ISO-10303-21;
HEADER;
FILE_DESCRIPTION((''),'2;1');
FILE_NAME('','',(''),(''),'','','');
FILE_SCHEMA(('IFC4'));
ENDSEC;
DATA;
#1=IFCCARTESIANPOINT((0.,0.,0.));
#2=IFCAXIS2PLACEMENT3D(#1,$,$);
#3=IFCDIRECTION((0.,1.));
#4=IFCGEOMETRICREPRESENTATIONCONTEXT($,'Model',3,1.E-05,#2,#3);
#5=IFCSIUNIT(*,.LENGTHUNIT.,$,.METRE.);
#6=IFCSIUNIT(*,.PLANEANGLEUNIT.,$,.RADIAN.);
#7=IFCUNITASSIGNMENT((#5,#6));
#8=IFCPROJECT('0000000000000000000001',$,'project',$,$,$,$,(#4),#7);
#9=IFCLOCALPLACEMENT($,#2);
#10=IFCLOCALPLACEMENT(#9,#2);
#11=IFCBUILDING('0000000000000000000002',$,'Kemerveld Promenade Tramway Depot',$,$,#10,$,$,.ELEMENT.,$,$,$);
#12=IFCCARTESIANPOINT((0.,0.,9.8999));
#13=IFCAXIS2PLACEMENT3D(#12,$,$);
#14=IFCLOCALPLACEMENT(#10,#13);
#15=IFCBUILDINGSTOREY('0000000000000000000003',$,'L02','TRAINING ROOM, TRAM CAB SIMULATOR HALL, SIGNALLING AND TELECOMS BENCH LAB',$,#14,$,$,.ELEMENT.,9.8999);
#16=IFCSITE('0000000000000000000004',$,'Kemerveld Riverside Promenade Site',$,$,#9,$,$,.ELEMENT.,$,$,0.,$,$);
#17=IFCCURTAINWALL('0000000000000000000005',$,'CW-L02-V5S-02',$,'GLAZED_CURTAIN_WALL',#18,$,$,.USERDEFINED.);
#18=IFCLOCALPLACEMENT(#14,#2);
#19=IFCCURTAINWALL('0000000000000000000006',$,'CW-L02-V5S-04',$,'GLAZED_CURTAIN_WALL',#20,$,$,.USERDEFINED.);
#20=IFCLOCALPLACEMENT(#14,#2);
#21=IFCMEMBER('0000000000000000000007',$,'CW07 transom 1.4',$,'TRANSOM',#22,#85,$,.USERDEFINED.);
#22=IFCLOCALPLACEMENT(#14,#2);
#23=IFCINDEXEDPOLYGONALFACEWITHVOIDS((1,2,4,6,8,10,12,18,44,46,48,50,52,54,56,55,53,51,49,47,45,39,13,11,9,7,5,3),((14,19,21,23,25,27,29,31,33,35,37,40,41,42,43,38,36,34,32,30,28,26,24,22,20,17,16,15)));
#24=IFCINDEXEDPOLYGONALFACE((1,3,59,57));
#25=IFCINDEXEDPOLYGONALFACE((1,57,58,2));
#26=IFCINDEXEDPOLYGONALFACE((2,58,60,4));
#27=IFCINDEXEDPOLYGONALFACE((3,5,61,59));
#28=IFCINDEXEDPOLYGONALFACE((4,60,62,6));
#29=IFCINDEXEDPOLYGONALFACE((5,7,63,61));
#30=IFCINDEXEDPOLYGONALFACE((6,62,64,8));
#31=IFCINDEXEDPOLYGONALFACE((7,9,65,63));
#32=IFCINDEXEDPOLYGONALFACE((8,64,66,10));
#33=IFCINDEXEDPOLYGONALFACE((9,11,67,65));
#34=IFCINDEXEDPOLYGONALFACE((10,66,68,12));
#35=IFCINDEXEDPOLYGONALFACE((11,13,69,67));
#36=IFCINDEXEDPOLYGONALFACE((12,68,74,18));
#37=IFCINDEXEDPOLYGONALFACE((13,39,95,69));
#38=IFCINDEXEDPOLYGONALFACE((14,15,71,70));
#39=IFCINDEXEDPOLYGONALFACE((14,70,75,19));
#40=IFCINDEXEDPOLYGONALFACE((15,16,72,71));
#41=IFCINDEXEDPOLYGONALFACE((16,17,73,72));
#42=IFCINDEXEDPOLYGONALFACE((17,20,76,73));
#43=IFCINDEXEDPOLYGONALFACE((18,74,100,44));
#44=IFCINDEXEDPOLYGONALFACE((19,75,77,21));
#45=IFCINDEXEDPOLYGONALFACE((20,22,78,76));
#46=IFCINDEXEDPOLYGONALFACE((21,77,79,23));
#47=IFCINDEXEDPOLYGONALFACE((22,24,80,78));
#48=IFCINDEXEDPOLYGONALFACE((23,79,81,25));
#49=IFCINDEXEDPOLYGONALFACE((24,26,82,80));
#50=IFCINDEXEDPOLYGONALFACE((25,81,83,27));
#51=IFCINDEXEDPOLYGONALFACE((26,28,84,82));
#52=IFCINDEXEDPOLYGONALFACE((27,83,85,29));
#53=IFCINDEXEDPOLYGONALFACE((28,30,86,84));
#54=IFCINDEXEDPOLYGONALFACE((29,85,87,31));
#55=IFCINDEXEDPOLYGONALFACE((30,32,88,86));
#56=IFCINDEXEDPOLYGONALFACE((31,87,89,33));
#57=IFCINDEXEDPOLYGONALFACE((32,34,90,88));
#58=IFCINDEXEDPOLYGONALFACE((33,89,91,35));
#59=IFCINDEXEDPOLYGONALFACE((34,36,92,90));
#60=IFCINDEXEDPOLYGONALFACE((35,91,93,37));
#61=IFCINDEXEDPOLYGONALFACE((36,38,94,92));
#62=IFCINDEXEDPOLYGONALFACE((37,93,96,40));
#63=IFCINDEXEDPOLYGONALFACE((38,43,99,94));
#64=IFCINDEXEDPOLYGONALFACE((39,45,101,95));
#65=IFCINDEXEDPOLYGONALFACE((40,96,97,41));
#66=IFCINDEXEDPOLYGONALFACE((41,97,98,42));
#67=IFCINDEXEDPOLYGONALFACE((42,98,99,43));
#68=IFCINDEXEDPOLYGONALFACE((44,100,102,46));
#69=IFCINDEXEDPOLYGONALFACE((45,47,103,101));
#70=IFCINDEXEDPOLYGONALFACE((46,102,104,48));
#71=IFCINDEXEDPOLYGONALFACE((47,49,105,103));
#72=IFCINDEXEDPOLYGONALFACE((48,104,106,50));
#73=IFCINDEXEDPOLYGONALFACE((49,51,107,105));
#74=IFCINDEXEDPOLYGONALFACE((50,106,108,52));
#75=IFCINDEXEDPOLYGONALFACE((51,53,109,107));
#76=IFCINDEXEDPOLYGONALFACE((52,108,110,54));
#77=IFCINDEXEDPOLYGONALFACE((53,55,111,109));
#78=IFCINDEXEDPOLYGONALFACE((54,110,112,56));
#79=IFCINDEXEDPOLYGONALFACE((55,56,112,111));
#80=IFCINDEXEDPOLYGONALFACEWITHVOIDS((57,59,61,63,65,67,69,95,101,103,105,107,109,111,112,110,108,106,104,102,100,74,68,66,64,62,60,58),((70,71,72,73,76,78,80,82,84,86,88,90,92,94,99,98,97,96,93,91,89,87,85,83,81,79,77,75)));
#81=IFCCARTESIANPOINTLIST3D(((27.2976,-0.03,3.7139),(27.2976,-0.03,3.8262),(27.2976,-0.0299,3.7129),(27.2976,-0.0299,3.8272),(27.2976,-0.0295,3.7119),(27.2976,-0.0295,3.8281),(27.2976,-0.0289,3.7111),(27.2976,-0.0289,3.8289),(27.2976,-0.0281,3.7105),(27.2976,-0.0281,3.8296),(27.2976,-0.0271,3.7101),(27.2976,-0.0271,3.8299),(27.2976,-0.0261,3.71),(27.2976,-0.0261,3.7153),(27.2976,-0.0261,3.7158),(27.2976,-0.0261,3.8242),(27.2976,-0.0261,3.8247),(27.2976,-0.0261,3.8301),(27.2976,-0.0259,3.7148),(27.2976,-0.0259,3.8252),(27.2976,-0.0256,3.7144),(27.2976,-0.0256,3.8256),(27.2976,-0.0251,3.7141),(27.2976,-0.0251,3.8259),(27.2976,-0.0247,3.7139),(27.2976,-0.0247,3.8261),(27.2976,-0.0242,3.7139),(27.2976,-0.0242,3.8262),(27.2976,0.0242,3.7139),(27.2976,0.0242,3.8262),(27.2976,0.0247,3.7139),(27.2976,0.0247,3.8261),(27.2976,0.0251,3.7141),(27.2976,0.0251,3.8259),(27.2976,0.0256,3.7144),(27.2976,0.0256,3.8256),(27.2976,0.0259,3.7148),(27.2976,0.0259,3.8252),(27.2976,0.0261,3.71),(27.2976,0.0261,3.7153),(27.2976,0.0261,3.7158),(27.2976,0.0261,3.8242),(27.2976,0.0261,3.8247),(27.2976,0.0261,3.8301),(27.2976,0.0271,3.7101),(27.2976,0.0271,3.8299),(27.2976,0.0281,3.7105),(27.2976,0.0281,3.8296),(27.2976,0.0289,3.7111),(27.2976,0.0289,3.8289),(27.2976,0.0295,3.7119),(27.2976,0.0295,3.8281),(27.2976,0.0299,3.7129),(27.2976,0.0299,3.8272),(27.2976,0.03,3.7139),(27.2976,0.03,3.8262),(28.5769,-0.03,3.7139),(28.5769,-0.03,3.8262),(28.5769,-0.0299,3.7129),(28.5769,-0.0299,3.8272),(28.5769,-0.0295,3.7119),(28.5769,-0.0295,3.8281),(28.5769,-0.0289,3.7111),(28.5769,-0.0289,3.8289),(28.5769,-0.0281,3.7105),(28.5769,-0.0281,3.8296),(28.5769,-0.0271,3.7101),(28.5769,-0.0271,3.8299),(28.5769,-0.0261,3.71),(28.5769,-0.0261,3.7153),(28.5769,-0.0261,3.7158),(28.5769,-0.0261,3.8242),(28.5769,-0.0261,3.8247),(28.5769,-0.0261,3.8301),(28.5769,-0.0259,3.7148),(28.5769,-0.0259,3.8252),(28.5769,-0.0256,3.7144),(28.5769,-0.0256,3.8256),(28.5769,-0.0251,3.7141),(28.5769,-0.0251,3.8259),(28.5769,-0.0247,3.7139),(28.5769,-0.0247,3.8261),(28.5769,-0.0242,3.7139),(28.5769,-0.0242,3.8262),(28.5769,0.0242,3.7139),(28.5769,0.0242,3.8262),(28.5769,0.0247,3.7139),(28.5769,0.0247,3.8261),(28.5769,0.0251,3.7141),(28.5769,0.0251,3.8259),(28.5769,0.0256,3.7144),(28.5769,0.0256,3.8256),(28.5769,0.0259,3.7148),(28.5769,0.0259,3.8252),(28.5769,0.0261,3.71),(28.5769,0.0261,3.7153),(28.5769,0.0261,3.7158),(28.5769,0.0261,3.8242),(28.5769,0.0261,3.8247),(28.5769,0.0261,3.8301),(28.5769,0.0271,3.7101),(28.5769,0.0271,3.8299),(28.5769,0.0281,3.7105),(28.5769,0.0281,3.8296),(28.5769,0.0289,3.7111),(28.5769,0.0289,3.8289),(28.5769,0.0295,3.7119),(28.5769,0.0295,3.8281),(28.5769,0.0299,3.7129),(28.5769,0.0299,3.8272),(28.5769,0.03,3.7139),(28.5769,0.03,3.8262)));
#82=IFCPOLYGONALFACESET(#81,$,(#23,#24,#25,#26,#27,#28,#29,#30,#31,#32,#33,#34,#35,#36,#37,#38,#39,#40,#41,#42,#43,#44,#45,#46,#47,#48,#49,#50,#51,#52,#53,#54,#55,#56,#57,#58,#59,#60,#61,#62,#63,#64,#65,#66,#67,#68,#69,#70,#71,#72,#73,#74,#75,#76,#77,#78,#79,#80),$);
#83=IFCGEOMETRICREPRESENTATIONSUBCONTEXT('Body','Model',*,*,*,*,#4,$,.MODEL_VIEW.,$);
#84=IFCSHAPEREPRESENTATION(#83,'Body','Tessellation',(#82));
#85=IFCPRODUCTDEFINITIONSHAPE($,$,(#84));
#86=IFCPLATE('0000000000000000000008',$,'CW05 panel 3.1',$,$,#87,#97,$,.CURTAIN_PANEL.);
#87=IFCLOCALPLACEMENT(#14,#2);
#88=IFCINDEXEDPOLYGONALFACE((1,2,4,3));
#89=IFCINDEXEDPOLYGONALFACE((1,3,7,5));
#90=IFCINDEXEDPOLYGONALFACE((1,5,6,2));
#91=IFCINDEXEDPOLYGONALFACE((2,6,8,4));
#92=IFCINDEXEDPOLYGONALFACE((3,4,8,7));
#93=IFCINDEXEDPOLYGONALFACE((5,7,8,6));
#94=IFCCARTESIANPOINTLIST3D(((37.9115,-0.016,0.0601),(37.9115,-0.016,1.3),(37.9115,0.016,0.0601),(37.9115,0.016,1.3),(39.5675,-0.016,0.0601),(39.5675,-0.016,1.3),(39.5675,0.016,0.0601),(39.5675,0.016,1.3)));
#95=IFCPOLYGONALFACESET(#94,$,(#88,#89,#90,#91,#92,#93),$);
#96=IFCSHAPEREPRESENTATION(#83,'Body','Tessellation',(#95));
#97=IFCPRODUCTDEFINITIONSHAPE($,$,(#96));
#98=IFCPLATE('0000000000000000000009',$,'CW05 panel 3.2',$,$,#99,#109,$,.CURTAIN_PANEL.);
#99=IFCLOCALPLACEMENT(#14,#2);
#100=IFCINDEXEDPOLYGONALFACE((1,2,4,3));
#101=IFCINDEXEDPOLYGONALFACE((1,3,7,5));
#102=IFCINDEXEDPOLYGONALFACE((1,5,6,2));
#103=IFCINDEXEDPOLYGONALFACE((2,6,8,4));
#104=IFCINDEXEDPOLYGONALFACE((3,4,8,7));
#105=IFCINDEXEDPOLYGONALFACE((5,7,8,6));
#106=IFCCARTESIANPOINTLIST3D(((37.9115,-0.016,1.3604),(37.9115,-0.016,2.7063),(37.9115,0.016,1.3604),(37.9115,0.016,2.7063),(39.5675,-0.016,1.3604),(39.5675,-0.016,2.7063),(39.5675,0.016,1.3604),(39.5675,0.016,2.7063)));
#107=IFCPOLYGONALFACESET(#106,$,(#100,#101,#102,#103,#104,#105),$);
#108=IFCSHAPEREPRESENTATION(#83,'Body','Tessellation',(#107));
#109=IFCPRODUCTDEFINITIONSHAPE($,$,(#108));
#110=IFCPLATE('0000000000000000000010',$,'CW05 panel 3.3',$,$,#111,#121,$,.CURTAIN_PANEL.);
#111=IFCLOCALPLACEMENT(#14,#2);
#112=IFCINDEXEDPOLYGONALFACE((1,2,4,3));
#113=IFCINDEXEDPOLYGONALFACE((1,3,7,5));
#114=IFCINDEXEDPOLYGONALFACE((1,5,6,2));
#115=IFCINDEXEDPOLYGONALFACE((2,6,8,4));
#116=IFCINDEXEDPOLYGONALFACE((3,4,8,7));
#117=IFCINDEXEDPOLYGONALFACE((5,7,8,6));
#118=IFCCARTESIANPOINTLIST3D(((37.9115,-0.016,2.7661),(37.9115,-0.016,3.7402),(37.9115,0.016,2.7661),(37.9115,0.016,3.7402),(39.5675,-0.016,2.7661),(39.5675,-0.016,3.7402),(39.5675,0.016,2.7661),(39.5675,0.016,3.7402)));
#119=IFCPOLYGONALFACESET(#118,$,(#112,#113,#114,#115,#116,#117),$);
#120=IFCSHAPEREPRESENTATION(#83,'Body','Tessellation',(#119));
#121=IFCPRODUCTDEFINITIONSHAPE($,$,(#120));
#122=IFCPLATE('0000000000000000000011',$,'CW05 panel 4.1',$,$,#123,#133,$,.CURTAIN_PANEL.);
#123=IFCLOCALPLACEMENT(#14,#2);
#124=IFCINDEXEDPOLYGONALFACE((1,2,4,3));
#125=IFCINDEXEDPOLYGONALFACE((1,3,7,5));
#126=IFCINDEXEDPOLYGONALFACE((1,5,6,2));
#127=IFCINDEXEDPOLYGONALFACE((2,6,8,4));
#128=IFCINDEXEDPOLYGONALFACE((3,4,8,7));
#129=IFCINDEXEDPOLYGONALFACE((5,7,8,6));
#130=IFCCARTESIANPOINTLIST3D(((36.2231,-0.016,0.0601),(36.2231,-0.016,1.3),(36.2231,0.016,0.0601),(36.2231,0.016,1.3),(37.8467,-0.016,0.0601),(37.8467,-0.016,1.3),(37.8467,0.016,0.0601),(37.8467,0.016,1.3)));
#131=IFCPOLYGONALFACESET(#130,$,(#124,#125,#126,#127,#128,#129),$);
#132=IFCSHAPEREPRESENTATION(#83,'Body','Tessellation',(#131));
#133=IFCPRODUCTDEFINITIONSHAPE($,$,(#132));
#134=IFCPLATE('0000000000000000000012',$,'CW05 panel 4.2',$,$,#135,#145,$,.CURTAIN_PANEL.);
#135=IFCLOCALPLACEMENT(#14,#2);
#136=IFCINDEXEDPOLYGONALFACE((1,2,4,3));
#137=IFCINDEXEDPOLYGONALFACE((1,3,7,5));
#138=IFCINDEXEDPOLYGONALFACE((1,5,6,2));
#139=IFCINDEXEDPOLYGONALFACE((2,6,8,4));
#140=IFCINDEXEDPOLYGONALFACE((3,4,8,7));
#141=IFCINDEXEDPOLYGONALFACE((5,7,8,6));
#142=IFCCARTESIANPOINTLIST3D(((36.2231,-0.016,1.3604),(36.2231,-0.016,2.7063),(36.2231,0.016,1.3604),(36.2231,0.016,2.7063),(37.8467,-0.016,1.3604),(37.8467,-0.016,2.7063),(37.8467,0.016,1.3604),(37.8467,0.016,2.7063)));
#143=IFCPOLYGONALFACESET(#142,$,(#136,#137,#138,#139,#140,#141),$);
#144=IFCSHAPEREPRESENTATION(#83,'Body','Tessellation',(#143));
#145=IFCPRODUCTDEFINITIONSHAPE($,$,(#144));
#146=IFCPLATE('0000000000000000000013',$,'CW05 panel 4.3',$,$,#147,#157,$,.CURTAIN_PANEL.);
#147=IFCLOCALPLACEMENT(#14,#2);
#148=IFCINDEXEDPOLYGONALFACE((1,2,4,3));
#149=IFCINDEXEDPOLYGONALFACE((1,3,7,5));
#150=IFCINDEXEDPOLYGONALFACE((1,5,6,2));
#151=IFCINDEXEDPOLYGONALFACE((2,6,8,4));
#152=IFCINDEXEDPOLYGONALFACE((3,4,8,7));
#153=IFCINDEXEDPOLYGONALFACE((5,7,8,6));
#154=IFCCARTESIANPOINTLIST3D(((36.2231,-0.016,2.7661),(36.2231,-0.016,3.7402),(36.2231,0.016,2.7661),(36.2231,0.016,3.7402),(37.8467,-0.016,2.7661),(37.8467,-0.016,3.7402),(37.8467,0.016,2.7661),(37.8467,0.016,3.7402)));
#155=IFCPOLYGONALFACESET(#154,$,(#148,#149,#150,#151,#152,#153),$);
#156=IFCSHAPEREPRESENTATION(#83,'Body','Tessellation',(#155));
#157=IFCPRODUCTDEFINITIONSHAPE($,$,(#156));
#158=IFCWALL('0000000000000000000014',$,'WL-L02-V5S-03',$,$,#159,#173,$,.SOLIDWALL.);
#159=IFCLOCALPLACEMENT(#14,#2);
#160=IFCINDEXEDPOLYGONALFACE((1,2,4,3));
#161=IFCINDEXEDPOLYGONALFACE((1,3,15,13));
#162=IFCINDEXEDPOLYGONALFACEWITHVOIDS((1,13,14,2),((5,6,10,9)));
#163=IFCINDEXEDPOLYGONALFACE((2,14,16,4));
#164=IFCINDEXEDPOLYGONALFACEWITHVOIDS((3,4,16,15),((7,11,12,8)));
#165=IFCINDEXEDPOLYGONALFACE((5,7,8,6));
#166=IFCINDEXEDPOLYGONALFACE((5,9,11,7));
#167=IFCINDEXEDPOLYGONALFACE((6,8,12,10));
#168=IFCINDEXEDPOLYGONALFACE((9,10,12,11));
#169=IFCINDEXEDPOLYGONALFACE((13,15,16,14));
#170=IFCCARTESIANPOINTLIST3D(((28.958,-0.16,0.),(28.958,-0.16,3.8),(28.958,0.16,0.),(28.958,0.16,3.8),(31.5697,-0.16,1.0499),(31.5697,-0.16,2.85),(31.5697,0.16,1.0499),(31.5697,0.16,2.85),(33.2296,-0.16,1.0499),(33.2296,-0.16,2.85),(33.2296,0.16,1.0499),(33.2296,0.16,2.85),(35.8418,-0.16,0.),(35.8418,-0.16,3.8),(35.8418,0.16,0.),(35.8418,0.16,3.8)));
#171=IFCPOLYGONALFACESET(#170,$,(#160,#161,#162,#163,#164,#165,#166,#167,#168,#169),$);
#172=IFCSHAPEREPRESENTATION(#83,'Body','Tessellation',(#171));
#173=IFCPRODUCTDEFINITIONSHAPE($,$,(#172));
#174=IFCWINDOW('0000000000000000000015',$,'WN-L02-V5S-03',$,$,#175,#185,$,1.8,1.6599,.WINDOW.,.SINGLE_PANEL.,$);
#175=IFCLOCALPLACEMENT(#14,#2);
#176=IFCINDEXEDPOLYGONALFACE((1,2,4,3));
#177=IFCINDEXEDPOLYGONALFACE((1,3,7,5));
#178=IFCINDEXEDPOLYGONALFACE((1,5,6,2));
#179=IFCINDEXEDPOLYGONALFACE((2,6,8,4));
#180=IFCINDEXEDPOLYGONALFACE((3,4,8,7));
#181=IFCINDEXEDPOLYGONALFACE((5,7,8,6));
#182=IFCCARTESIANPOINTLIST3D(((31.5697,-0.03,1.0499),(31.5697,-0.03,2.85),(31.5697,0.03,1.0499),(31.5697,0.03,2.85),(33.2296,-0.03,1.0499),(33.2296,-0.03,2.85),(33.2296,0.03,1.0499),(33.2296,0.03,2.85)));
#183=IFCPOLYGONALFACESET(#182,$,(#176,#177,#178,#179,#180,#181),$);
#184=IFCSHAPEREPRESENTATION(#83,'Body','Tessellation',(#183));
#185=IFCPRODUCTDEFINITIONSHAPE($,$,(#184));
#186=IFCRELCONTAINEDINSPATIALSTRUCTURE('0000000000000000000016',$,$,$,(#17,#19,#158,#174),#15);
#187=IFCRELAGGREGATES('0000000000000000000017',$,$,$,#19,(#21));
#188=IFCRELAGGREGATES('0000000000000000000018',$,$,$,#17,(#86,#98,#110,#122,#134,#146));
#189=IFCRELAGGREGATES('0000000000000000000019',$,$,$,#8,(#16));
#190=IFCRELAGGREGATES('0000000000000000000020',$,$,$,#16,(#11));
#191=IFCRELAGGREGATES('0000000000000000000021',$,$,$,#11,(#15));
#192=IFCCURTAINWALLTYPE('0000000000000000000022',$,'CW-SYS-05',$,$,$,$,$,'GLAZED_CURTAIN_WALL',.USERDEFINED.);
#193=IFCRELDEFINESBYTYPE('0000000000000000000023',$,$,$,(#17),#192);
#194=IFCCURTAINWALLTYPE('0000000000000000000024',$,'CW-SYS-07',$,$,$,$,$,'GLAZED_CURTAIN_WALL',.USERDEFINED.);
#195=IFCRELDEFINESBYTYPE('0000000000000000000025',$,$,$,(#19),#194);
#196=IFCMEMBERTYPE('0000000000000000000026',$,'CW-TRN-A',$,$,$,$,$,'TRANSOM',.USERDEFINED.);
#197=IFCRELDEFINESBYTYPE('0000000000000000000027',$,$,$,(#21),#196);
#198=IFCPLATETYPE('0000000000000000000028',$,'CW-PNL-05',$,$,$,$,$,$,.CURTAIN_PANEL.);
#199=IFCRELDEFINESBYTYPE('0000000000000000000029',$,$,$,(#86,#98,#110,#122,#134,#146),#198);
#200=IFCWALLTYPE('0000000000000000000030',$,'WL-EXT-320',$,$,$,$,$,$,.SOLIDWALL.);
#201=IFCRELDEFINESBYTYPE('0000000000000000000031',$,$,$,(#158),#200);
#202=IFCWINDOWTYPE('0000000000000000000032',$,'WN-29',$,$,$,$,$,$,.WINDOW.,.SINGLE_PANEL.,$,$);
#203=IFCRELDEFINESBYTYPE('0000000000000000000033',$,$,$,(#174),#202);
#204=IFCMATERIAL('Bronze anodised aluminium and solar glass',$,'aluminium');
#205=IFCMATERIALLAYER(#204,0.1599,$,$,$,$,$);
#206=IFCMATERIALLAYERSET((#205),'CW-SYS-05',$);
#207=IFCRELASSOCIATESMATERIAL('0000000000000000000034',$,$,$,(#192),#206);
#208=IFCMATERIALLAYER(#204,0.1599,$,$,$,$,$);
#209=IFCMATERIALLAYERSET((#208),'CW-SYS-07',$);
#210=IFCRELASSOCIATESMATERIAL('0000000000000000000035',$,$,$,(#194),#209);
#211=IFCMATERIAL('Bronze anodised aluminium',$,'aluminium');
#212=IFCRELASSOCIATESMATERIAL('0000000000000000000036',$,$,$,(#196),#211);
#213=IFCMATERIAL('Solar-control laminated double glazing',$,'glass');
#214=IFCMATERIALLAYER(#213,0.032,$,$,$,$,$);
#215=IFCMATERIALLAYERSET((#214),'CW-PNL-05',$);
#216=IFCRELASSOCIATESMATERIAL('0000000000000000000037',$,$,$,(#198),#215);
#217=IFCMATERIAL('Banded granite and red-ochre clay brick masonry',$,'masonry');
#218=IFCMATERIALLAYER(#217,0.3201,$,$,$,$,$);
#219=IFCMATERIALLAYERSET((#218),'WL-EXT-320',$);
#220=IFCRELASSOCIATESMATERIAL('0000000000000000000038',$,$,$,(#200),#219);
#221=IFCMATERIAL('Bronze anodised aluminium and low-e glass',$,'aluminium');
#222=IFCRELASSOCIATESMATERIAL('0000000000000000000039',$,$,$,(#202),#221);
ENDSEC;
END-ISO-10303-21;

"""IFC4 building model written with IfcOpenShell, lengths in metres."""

from ifc_helpers import new_model, si_unit, direction, frame, frame_2d, origin, origin_2d, place, context, subcontext, project, spatial, rectangle, hollow_rectangle, extrude, material, layer, layer_set, material_profile, profile_set, type_object, element, fill, aggregate, save


model = new_model("IFC4")

# Units and contexts
model_context = context("Model", 3, precision=1e-05, world=origin(), true_north=direction((0.0, 1.0)))
body_context = subcontext(model_context, "Body", "Model", "MODEL_VIEW")
ifc_project = project(units=[si_unit("LENGTHUNIT", "METRE"), si_unit("PLANEANGLEUNIT", "RADIAN")], contexts=[model_context])

# Site, building, storey
site_placement = place(None, origin())
site = spatial("IfcSite", under=ifc_project, at=site_placement, Name="Kemerveld Riverside Promenade Site", CompositionType="ELEMENT", RefElevation=0.0)
building_placement = place(site_placement, origin())
building = spatial("IfcBuilding", under=site, at=building_placement, Name="Kemerveld Promenade Tramway Depot", CompositionType="ELEMENT")
storey_placement = place(building_placement, frame((0.0, 0.0, 9.8999)))
storey = spatial("IfcBuildingStorey", under=building, at=storey_placement, Name="L02", Description="TRAINING ROOM, TRAM CAB SIMULATOR HALL, SIGNALLING AND TELECOMS BENCH LAB", CompositionType="ELEMENT", Elevation=9.8999)

# Curtain wall
ifc_material_1 = material(Name="Bronze anodised aluminium and solar glass", Category="aluminium")
ifc_layer_1 = layer(ifc_material_1, 0.1599)
ifc_layer_set_1 = layer_set([ifc_layer_1], Name="CW-SYS-05")
curtain_wall_type_1 = type_object("IfcCurtainWallType", Name="CW-SYS-05", ElementType="GLAZED_CURTAIN_WALL", PredefinedType="USERDEFINED", material=ifc_layer_set_1)
curtain_wall_1_placement = place(storey_placement, origin())
curtain_wall_1 = element("IfcCurtainWall", 1, at=curtain_wall_1_placement, inside=storey, type_object=curtain_wall_type_1, Name="CW-L02-V5S-02", ObjectType="GLAZED_CURTAIN_WALL", PredefinedType="USERDEFINED")
ifc_material_2 = material(Name="Bronze anodised aluminium", Category="aluminium")

# Curtain wall
ifc_layer_2 = layer(ifc_material_1, 0.1599)
ifc_layer_set_2 = layer_set([ifc_layer_2], Name="CW-SYS-07")
curtain_wall_type_2 = type_object("IfcCurtainWallType", Name="CW-SYS-07", ElementType="GLAZED_CURTAIN_WALL", PredefinedType="USERDEFINED", material=ifc_layer_set_2)
curtain_wall_2_placement = place(storey_placement, origin())
curtain_wall_2 = element("IfcCurtainWall", 2, at=curtain_wall_2_placement, inside=storey, type_object=curtain_wall_type_2, Name="CW-L02-V5S-04", ObjectType="GLAZED_CURTAIN_WALL", PredefinedType="USERDEFINED")

# Member
ifc_material_profile_1 = material_profile(ifc_material_2, hollow_rectangle(XDim=0.0601, YDim=0.1201, WallThickness=0.0039, InnerFilletRadius=0.002, OuterFilletRadius=0.0039, at=origin_2d()), Name="CW-TRN-120x60")
ifc_profile_set_1 = profile_set([ifc_material_profile_1], Name="Bronze anodised aluminium")
member_type_1 = type_object("IfcMemberType", Name="CW-TRN-A", ElementType="TRANSOM", PredefinedType="USERDEFINED", material=ifc_profile_set_1)
member_1_placement = place(storey_placement, frame((28.5769, 0.0, 3.77), z_axis=(-1.0, 0.0, 0.0), x_axis=(0.0, -1.0, 0.0)))
member_1 = element("IfcMember", 3, at=member_1_placement, type_object=member_type_1, Name="CW07 transom 1.4", ObjectType="TRANSOM", PredefinedType="USERDEFINED", context=body_context, shape_type="SweptSolid", body=[
    extrude(hollow_rectangle(XDim=0.0601, YDim=0.1201, WallThickness=0.0039, InnerFilletRadius=0.002, OuterFilletRadius=0.0039, at=origin_2d()), origin(), (0.0, 0.0, 1.0), 1.2793),
])
aggregate(curtain_wall_2, [member_1])

# Plates
ifc_material_3 = material(Name="Solar-control laminated double glazing", Category="glass")
ifc_layer_3 = layer(ifc_material_3, 0.032)
ifc_layer_set_3 = layer_set([ifc_layer_3], Name="CW-PNL-05")
plate_type = type_object("IfcPlateType", Name="CW-PNL-05", PredefinedType="CURTAIN_PANEL", material=ifc_layer_set_3)
plate_1_placement = place(storey_placement, frame((38.7395, 0.0, 0.0601), z_axis=(0.0, 0.0, 1.0), x_axis=(-1.0, 0.0, 0.0)))
plate_1 = element("IfcPlate", 4, at=plate_1_placement, type_object=plate_type, Name="CW05 panel 3.1", PredefinedType="CURTAIN_PANEL", context=body_context, shape_type="SweptSolid", body=[
    extrude(rectangle(XDim=1.656, YDim=0.032, at=origin_2d()), origin(), (0.0, 0.0, 1.0), 1.24),
])
plate_2_placement = place(storey_placement, frame((38.7395, 0.0, 1.3604), z_axis=(0.0, 0.0, 1.0), x_axis=(-1.0, 0.0, 0.0)))
plate_2 = element("IfcPlate", 5, at=plate_2_placement, type_object=plate_type, Name="CW05 panel 3.2", PredefinedType="CURTAIN_PANEL", context=body_context, shape_type="SweptSolid", body=[
    extrude(rectangle(XDim=1.656, YDim=0.032, at=origin_2d()), origin(), (0.0, 0.0, 1.0), 1.3459),
])
plate_3_placement = place(storey_placement, frame((38.7395, 0.0, 2.7661), z_axis=(0.0, 0.0, 1.0), x_axis=(-1.0, 0.0, 0.0)))
plate_3 = element("IfcPlate", 6, at=plate_3_placement, type_object=plate_type, Name="CW05 panel 3.3", PredefinedType="CURTAIN_PANEL", context=body_context, shape_type="SweptSolid", body=[
    extrude(rectangle(XDim=1.656, YDim=0.032, at=origin_2d()), origin(), (0.0, 0.0, 1.0), 0.9741),
])
plate_4_placement = place(storey_placement, frame((37.0349, 0.0, 0.0601), z_axis=(0.0, 0.0, 1.0), x_axis=(-1.0, 0.0, 0.0)))
plate_4 = element("IfcPlate", 7, at=plate_4_placement, type_object=plate_type, Name="CW05 panel 4.1", PredefinedType="CURTAIN_PANEL", context=body_context, shape_type="SweptSolid", body=[
    extrude(rectangle(XDim=1.6235, YDim=0.032, at=origin_2d()), origin(), (0.0, 0.0, 1.0), 1.24),
])
plate_5_placement = place(storey_placement, frame((37.0349, 0.0, 1.3604), z_axis=(0.0, 0.0, 1.0), x_axis=(-1.0, 0.0, 0.0)))
plate_5 = element("IfcPlate", 8, at=plate_5_placement, type_object=plate_type, Name="CW05 panel 4.2", PredefinedType="CURTAIN_PANEL", context=body_context, shape_type="SweptSolid", body=[
    extrude(rectangle(XDim=1.6235, YDim=0.032, at=origin_2d()), origin(), (0.0, 0.0, 1.0), 1.3459),
])
plate_6_placement = place(storey_placement, frame((37.0349, 0.0, 2.7661), z_axis=(0.0, 0.0, 1.0), x_axis=(-1.0, 0.0, 0.0)))
plate_6 = element("IfcPlate", 9, at=plate_6_placement, type_object=plate_type, Name="CW05 panel 4.3", PredefinedType="CURTAIN_PANEL", context=body_context, shape_type="SweptSolid", body=[
    extrude(rectangle(XDim=1.6235, YDim=0.032, at=origin_2d()), origin(), (0.0, 0.0, 1.0), 0.9741),
])
aggregate(curtain_wall_1, [plate_1, plate_2, plate_3, plate_4, plate_5, plate_6])

# Wall, opening, window
ifc_material_4 = material(Name="Banded granite and red-ochre clay brick masonry", Category="masonry")
ifc_layer_4 = layer(ifc_material_4, 0.3201)
ifc_layer_set_4 = layer_set([ifc_layer_4], Name="WL-EXT-320")
wall_type = type_object("IfcWallType", Name="WL-EXT-320", PredefinedType="SOLIDWALL", material=ifc_layer_set_4)
wall_placement = place(storey_placement, frame((35.8418, 0.0, 0.0), z_axis=(0.0, 0.0, 1.0), x_axis=(-1.0, 0.0, 0.0)))
wall = element("IfcWall", 10, at=wall_placement, inside=storey, type_object=wall_type, Name="WL-L02-V5S-03", PredefinedType="SOLIDWALL", context=body_context, shape_type="SweptSolid", body=[
    extrude(rectangle(XDim=6.8838, YDim=0.3201, at=frame_2d((3.4419, 0.0))), origin(), (0.0, 0.0, 1.0), 3.8),
])
opening_placement = place(wall_placement, frame((2.6121, 0.0, 1.05)))
opening = element("IfcOpeningElement", 11, at=opening_placement, cuts=wall, PredefinedType="OPENING", context=body_context, shape_type="SweptSolid", body=[
    extrude(rectangle(XDim=1.6599, YDim=1.8, at=frame_2d((0.8301, 0.8999))), frame((0.0, 0.1699, 0.0), z_axis=(0.0, -1.0, 0.0), x_axis=(1.0, 0.0, 0.0)), (0.0, 0.0, 1.0), 0.3401),
])
ifc_material_5 = material(Name="Bronze anodised aluminium and low-e glass", Category="aluminium")
window_type = type_object("IfcWindowType", Name="WN-29", PartitioningType="SINGLE_PANEL", PredefinedType="WINDOW", material=ifc_material_5)
window_placement = place(opening_placement, origin())
window = element("IfcWindow", 12, at=window_placement, inside=storey, type_object=window_type, Name="WN-L02-V5S-03", OverallHeight=1.8, OverallWidth=1.6599, PartitioningType="SINGLE_PANEL", PredefinedType="WINDOW", context=body_context, shape_type="SweptSolid", body=[
    extrude(rectangle(XDim=1.6599, YDim=1.8, at=frame_2d((0.8301, 0.8999))), frame((0.0, 0.03, 0.0), z_axis=(0.0, -1.0, 0.0), x_axis=(1.0, 0.0, 0.0)), (0.0, 0.0, 1.0), 0.0601),
])
fill(opening, window)

save(model, "model.ifc")
